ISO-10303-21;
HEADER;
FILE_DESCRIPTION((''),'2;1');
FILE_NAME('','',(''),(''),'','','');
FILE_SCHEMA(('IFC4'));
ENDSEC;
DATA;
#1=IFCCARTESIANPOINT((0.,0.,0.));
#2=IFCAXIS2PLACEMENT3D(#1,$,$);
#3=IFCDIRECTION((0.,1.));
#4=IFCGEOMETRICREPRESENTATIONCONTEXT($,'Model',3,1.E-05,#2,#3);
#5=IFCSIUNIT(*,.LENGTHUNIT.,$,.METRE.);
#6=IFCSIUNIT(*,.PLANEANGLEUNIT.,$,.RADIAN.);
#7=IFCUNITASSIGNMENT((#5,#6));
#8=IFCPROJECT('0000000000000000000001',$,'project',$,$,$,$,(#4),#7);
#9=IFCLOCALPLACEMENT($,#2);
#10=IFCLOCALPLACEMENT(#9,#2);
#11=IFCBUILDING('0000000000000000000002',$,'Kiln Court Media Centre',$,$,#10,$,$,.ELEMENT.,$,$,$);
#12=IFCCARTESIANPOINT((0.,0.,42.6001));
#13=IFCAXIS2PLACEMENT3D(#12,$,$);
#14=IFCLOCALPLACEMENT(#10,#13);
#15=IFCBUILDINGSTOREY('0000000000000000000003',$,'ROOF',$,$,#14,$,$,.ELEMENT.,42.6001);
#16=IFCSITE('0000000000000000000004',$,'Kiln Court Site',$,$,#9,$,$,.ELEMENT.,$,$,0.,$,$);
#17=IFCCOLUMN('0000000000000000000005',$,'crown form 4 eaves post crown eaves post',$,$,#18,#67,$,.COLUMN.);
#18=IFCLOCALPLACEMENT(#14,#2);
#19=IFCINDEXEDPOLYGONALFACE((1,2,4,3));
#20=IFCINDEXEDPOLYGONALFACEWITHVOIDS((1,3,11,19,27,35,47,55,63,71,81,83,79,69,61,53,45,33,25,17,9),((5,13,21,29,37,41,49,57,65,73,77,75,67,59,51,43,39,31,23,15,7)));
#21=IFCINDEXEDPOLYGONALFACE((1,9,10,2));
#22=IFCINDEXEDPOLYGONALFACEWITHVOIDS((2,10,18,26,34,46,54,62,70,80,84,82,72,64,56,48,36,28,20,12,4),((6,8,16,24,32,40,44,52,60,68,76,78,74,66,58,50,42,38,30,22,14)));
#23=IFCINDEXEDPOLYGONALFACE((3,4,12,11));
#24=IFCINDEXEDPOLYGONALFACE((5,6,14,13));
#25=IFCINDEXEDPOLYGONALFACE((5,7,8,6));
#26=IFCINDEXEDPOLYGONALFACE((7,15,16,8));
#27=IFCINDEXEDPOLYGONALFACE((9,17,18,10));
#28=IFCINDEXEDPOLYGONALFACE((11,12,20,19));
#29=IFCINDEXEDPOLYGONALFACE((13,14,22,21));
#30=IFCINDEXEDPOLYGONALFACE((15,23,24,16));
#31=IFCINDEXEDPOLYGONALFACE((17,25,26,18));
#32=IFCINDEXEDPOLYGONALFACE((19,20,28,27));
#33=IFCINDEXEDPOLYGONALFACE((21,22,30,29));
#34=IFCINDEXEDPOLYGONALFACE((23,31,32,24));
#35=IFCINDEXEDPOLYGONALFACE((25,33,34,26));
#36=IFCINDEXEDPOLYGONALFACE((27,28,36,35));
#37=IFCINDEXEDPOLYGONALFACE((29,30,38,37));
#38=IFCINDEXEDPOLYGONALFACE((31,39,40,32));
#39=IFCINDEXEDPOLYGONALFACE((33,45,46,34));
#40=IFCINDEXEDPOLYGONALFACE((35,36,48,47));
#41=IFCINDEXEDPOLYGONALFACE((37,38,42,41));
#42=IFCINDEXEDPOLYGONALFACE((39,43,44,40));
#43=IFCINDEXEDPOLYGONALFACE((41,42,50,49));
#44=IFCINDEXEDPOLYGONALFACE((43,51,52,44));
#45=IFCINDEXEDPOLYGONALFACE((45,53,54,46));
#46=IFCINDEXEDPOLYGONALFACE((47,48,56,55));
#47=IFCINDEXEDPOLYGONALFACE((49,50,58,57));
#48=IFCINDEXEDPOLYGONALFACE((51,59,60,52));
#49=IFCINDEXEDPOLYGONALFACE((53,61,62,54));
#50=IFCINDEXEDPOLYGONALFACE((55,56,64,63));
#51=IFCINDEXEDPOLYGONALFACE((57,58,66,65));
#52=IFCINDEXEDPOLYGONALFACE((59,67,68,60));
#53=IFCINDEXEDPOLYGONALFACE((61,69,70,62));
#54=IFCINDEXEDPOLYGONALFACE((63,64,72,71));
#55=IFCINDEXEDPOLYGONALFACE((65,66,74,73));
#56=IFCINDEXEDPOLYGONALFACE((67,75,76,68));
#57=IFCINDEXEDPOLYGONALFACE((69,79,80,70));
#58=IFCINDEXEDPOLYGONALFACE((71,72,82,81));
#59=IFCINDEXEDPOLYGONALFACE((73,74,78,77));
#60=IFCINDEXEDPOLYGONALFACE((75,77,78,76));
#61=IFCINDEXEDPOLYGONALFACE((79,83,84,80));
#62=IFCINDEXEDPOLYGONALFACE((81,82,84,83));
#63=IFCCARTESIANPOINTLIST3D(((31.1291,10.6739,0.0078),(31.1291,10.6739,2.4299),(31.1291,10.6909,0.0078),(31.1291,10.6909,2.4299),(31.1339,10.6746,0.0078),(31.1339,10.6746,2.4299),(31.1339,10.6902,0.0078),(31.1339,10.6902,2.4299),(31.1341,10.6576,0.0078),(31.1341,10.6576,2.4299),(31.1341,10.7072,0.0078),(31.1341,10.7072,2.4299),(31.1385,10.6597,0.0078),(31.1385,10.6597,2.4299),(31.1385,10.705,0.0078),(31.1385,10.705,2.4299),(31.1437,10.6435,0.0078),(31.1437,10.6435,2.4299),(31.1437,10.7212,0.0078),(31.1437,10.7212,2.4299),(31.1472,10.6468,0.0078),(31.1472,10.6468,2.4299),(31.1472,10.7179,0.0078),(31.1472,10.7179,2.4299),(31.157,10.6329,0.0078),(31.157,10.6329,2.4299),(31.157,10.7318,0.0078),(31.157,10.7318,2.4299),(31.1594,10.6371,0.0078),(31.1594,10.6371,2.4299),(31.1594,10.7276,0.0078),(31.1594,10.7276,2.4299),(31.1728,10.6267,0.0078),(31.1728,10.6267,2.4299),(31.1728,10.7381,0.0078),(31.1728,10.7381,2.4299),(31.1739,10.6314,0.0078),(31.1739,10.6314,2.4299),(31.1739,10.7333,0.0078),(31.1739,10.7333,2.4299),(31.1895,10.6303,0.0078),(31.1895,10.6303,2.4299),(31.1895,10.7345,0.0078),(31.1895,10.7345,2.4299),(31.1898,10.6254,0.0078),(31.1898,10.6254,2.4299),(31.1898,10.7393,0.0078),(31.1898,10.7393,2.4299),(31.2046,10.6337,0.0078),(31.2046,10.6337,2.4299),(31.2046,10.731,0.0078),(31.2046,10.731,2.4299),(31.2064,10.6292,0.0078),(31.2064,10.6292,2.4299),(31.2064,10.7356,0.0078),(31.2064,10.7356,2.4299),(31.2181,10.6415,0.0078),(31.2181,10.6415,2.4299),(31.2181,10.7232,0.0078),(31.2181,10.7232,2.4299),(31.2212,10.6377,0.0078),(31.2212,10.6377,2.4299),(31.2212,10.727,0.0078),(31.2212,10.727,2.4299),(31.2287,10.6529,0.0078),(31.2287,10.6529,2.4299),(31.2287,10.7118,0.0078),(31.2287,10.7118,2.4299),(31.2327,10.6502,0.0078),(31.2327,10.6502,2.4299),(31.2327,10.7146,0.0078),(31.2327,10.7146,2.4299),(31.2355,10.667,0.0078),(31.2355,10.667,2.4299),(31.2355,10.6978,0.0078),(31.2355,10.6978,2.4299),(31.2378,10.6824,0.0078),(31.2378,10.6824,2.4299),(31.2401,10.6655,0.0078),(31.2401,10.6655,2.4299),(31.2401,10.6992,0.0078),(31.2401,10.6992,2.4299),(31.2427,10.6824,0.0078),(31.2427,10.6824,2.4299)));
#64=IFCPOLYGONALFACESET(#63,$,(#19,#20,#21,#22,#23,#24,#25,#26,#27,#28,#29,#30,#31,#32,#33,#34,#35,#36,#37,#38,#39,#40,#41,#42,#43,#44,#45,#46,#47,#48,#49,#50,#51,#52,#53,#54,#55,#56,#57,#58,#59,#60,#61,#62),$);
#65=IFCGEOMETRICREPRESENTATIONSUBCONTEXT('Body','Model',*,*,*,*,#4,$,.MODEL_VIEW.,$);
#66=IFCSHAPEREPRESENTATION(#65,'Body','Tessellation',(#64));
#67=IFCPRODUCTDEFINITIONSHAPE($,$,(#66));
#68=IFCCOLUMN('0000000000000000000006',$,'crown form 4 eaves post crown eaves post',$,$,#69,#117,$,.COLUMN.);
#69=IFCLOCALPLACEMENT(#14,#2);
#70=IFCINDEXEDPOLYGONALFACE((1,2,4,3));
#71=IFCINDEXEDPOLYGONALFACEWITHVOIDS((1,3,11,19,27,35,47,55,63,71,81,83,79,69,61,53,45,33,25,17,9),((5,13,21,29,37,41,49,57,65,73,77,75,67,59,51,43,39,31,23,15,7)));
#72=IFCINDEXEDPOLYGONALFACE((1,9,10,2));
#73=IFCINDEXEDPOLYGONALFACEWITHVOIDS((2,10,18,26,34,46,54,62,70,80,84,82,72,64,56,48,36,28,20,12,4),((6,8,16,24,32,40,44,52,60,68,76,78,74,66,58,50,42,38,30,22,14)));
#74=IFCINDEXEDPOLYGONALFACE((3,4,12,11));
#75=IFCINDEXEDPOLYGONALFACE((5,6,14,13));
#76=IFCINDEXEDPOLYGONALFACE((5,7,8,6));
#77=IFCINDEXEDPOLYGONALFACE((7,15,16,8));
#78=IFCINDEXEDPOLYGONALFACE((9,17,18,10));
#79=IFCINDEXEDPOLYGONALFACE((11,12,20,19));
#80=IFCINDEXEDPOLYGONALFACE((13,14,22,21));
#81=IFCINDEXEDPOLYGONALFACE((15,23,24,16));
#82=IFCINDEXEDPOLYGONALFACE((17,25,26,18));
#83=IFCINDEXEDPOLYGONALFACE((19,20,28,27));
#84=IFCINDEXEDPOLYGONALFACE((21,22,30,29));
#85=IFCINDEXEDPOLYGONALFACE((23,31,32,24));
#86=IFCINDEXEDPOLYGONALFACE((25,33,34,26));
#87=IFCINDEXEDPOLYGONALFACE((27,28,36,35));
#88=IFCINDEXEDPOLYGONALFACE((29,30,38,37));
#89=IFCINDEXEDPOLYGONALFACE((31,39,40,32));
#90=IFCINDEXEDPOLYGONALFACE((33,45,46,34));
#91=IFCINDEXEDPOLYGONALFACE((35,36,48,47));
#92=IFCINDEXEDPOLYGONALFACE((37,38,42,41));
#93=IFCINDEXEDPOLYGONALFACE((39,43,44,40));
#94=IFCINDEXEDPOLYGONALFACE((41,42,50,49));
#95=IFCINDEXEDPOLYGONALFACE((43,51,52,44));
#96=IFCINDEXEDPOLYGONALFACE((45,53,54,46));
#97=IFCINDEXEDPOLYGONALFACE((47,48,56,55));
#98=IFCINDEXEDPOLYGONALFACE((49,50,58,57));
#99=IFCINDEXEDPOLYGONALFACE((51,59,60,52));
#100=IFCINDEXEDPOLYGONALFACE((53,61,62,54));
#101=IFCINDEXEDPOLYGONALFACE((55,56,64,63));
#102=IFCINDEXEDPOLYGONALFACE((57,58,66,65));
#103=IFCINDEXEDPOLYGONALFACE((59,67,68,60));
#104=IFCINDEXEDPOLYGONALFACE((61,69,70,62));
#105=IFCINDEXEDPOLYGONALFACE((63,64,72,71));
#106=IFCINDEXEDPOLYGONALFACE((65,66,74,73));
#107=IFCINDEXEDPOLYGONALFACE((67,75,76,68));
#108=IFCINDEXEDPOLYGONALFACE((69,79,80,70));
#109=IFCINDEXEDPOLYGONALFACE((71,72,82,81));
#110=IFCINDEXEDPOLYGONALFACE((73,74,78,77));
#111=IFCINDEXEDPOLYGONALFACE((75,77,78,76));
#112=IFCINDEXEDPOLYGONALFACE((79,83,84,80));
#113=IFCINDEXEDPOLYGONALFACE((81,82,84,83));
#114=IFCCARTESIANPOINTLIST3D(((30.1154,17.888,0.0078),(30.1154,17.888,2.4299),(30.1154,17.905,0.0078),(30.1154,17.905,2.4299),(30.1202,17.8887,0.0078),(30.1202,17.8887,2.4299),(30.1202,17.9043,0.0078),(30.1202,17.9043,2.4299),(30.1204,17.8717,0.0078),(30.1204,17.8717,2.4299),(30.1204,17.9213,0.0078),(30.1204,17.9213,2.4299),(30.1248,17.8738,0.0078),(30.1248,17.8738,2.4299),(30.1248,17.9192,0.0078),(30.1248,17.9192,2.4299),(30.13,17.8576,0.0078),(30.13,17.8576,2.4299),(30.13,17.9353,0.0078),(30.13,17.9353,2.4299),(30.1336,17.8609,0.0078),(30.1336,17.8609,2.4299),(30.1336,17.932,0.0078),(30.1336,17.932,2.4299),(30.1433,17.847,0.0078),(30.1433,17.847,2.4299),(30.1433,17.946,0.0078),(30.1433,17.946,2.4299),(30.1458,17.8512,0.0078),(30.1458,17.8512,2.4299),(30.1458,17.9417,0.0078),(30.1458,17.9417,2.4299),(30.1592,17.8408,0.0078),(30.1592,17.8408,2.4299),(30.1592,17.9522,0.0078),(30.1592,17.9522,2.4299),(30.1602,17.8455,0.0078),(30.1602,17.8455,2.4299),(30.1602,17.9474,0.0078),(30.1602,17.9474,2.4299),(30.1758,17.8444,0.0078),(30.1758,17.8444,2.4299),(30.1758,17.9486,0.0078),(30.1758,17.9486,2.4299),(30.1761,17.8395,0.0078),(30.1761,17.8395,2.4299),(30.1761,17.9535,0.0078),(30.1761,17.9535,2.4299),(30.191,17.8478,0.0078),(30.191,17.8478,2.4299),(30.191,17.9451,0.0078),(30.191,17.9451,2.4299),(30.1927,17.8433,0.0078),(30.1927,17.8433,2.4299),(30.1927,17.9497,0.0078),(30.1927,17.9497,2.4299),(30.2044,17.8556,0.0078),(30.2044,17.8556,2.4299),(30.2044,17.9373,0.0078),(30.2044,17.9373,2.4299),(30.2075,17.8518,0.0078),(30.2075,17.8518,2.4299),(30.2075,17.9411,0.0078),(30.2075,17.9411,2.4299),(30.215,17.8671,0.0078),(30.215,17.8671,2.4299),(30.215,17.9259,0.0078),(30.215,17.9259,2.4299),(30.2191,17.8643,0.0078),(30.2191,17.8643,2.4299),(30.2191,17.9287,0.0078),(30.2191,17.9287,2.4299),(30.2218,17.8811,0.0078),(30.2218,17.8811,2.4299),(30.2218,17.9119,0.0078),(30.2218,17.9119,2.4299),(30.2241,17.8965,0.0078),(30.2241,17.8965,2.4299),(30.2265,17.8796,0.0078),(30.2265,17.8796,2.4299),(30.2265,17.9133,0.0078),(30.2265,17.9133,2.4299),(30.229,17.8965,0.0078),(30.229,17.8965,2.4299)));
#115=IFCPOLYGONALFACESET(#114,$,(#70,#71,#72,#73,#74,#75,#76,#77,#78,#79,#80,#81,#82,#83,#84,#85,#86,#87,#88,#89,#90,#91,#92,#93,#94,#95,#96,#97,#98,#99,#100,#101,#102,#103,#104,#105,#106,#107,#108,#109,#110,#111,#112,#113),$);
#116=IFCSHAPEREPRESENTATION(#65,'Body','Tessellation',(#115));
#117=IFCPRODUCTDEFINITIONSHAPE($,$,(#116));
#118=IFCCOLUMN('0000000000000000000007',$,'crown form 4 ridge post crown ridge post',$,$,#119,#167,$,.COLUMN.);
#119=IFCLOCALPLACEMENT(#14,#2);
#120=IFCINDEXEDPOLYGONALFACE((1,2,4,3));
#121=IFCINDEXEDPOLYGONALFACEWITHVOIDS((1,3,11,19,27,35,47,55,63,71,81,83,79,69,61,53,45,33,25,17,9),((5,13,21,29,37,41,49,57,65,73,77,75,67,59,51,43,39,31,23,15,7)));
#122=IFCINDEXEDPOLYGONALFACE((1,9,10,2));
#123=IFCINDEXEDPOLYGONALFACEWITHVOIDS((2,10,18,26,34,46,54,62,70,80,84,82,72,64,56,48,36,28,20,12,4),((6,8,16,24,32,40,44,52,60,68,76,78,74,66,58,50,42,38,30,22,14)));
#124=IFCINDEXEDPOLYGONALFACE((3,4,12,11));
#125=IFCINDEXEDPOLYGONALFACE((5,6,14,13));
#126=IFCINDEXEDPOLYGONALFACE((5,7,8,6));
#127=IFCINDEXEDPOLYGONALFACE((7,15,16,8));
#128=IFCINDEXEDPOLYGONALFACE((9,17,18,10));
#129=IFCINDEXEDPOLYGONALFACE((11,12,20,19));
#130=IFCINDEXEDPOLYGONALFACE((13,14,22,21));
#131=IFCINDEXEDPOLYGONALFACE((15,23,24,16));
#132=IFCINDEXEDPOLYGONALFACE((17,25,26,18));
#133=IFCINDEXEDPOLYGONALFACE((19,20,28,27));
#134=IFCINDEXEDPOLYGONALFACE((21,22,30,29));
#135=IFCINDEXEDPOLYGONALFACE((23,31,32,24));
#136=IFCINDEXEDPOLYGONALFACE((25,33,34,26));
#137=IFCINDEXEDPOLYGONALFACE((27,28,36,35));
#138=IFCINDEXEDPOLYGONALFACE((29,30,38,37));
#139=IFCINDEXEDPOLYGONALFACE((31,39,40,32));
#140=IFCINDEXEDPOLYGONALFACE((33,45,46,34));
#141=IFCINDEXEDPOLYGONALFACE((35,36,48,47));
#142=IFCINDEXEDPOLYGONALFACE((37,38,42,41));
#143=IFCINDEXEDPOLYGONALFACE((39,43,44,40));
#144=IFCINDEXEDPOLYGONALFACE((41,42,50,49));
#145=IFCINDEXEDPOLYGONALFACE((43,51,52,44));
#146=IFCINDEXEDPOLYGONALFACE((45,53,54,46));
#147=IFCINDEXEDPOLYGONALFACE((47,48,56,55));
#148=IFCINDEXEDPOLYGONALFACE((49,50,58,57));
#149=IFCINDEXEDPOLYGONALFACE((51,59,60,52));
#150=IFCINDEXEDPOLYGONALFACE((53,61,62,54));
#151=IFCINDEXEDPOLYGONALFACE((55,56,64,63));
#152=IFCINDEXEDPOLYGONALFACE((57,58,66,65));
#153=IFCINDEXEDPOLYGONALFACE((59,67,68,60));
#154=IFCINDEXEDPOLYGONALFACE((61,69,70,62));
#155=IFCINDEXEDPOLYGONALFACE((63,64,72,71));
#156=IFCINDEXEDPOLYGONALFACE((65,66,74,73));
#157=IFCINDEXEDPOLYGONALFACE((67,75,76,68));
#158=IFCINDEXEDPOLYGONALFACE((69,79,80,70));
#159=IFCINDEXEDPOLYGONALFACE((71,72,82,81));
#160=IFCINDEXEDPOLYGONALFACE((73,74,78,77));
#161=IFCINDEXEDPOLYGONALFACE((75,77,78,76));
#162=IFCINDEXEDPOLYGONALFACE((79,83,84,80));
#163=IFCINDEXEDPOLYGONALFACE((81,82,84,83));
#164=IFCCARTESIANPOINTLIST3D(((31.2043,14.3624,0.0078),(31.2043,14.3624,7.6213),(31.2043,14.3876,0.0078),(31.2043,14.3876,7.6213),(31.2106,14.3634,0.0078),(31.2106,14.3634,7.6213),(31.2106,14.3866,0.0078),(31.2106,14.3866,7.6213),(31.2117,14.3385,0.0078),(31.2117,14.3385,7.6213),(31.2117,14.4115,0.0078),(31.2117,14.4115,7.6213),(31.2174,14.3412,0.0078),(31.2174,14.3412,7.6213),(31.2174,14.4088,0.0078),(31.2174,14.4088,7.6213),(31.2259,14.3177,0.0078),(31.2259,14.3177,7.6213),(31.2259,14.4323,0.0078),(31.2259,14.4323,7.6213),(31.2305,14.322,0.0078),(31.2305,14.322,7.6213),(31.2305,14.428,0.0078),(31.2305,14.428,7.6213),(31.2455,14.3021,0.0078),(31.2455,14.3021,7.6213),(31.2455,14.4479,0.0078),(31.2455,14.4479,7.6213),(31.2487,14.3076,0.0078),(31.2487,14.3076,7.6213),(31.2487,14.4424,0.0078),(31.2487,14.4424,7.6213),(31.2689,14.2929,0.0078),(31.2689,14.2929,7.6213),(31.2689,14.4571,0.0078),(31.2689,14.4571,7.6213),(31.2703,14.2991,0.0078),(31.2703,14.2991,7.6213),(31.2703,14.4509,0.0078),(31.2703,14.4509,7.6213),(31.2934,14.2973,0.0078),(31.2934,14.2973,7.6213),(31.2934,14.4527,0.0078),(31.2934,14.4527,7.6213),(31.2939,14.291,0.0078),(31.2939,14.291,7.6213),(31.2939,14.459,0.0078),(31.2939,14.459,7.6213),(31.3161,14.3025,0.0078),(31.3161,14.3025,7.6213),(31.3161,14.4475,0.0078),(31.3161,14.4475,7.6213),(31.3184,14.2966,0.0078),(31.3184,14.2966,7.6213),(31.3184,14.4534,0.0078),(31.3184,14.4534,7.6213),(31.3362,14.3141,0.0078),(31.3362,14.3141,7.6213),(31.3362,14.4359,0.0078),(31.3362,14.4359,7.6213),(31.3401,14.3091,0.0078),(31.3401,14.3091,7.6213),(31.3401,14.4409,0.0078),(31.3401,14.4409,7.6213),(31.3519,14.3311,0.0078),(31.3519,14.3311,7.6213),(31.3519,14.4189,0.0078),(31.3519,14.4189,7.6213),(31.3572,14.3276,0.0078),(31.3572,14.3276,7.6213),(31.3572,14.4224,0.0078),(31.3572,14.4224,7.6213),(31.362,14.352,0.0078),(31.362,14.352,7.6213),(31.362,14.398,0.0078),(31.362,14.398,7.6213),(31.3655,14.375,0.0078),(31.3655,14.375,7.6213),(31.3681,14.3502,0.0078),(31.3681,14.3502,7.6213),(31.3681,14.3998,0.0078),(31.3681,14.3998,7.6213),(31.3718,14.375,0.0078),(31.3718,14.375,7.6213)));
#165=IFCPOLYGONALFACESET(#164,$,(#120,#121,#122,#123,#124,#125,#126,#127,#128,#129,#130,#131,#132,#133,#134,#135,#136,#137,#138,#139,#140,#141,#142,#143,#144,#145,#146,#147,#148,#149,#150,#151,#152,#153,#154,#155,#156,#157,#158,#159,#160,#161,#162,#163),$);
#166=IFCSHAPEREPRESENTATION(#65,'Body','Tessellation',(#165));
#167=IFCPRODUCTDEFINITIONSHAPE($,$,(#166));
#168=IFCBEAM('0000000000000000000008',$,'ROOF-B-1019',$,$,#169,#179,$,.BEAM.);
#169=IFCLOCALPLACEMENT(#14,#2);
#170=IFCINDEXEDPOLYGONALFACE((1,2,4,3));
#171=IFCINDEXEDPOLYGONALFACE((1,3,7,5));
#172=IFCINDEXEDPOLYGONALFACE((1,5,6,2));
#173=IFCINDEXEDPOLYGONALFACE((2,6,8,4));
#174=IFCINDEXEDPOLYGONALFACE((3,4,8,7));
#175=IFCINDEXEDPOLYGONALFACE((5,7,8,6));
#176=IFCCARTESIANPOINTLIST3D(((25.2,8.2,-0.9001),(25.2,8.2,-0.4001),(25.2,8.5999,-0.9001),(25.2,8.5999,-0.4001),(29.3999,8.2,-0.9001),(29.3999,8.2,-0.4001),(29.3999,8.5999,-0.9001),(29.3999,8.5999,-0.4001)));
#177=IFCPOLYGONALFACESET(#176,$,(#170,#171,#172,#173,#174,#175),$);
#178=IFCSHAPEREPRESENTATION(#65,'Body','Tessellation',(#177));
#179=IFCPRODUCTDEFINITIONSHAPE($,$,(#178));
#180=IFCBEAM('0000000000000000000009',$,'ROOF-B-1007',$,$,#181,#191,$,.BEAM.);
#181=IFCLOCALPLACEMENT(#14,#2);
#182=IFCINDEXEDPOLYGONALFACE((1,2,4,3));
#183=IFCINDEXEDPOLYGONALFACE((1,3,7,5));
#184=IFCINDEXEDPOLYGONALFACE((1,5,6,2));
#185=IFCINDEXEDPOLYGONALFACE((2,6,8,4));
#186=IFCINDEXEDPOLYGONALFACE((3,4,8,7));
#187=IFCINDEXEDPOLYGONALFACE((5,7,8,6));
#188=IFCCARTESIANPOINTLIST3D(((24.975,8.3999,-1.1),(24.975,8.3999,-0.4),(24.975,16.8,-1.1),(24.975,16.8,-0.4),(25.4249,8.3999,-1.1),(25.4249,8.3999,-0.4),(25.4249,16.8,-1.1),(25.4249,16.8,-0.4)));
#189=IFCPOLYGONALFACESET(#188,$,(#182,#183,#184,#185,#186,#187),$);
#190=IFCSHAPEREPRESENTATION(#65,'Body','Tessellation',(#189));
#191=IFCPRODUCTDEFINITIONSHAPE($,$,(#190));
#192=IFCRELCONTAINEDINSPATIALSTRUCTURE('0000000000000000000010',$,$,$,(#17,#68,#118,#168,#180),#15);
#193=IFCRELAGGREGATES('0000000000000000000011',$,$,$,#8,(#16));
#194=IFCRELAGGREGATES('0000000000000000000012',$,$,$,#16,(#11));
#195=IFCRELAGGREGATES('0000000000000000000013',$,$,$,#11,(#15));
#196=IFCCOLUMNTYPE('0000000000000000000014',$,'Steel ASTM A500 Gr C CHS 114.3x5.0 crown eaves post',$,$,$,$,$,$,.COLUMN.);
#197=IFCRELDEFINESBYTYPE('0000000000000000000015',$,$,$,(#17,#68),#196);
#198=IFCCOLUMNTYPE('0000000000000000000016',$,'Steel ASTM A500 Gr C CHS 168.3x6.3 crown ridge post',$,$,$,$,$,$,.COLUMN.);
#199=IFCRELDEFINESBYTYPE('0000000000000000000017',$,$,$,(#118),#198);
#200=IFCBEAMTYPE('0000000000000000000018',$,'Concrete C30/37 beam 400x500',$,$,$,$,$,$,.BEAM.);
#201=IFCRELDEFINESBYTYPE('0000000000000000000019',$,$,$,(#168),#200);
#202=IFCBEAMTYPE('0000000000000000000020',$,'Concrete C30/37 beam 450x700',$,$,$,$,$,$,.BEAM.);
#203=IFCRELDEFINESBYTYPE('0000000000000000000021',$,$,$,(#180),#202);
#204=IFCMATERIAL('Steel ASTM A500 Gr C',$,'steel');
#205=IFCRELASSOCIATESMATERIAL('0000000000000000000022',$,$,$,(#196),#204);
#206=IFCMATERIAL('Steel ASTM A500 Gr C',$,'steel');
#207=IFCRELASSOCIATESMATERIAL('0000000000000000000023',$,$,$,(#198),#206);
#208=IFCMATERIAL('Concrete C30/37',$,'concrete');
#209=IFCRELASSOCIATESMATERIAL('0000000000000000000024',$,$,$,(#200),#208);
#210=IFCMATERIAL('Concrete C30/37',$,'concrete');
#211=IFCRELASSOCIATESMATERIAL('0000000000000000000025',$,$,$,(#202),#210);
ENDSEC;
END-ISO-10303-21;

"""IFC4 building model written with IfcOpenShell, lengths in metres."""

from ifc_helpers import new_model, si_unit, direction, frame, origin, origin_2d, place, context, subcontext, project, spatial, rectangle, hollow_circle, extrude, material, material_profile, profile_set, type_object, element, save


model = new_model("IFC4")

# Units and contexts
model_context = context("Model", 3, precision=1e-05, world=origin(), true_north=direction((0.0, 1.0)))
body_context = subcontext(model_context, "Body", "Model", "MODEL_VIEW")
ifc_project = project(units=[si_unit("LENGTHUNIT", "METRE"), si_unit("PLANEANGLEUNIT", "RADIAN")], contexts=[model_context])

# Site, building, storey
site_placement = place(None, origin())
site = spatial("IfcSite", under=ifc_project, at=site_placement, Name="Kiln Court Site", CompositionType="ELEMENT", RefElevation=0.0)
building_placement = place(site_placement, origin())
building = spatial("IfcBuilding", under=site, at=building_placement, Name="Kiln Court Media Centre", CompositionType="ELEMENT")
storey_placement = place(building_placement, frame((0.0, 0.0, 42.6001)))
storey = spatial("IfcBuildingStorey", under=building, at=storey_placement, Name="ROOF", CompositionType="ELEMENT", Elevation=42.6001)

# Columns
ifc_material_1 = material(Name="Steel ASTM A500 Gr C", Category="steel")
ifc_material_profile_1 = material_profile(ifc_material_1, hollow_circle(Radius=0.0571, WallThickness=0.0049, at=origin_2d()), Name="CHS 114.3x5.0")
ifc_profile_set_1 = profile_set([ifc_material_profile_1], Name="Steel ASTM A500 Gr C")
column_type_1 = type_object("IfcColumnType", Name="Steel ASTM A500 Gr C CHS 114.3x5.0 crown eaves post", PredefinedType="COLUMN", material=ifc_profile_set_1)
for number, where, z_axis, x_axis, name in (
    (1, (31.1855, 10.6824, 0.0078), (0.0, 0.0, 1.0), (1.0, 0.0, 0.0), "crown form 4 eaves post crown eaves post"),
    (2, (30.1719, 17.8965, 0.0078), (0.0, 0.0, 1.0), (1.0, 0.0, 0.0), "crown form 4 eaves post crown eaves post"),
):
    element("IfcColumn", number, at=place(storey_placement, frame(where, z_axis=z_axis, x_axis=x_axis)), inside=storey, type_object=column_type_1, Name=name, PredefinedType="COLUMN", context=body_context, shape_type="SweptSolid", body=[
        extrude(hollow_circle(Radius=0.0571, WallThickness=0.0049, at=origin_2d()), origin(), (0.0, 0.0, 1.0), 2.4221),
    ])
ifc_material_2 = material(Name="Steel ASTM A500 Gr C", Category="steel")
ifc_material_profile_2 = material_profile(ifc_material_2, hollow_circle(Radius=0.0842, WallThickness=0.0063, at=origin_2d()), Name="CHS 168.3x6.3")
ifc_profile_set_2 = profile_set([ifc_material_profile_2], Name="Steel ASTM A500 Gr C")
column_type_2 = type_object("IfcColumnType", Name="Steel ASTM A500 Gr C CHS 168.3x6.3 crown ridge post", PredefinedType="COLUMN", material=ifc_profile_set_2)
column_placement = place(storey_placement, frame((31.2876, 14.375, 0.0078), z_axis=(0.0, 0.0, 1.0), x_axis=(1.0, 0.0, 0.0)))
element("IfcColumn", 3, at=column_placement, inside=storey, type_object=column_type_2, Name="crown form 4 ridge post crown ridge post", PredefinedType="COLUMN", context=body_context, shape_type="SweptSolid", body=[
    extrude(hollow_circle(Radius=0.0842, WallThickness=0.0063, at=origin_2d()), origin(), (0.0, 0.0, 1.0), 7.6135),
])

# Beams
ifc_material_3 = material(Name="Concrete C30/37", Category="concrete")
ifc_material_profile_3 = material_profile(ifc_material_3, rectangle(XDim=0.3999, YDim=0.5, at=origin_2d()), Name="RC 400x500")
ifc_profile_set_3 = profile_set([ifc_material_profile_3], Name="Concrete C30/37")
beam_type_1 = type_object("IfcBeamType", Name="Concrete C30/37 beam 400x500", PredefinedType="BEAM", material=ifc_profile_set_3)
beam_1_placement = place(storey_placement, frame((25.2, 8.3999, -0.6501), z_axis=(1.0, 0.0, 0.0), x_axis=(0.0, 1.0, 0.0)))
element("IfcBeam", 4, at=beam_1_placement, inside=storey, type_object=beam_type_1, Name="ROOF-B-1019", PredefinedType="BEAM", context=body_context, shape_type="SweptSolid", body=[
    extrude(rectangle(XDim=0.3999, YDim=0.5, at=origin_2d()), origin(), (0.0, 0.0, 1.0), 4.2),
])
ifc_material_4 = material(Name="Concrete C30/37", Category="concrete")
ifc_material_profile_4 = material_profile(ifc_material_4, rectangle(XDim=0.45, YDim=0.7, at=origin_2d()), Name="RC 450x700")
ifc_profile_set_4 = profile_set([ifc_material_profile_4], Name="Concrete C30/37")
beam_type_2 = type_object("IfcBeamType", Name="Concrete C30/37 beam 450x700", PredefinedType="BEAM", material=ifc_profile_set_4)
beam_2_placement = place(storey_placement, frame((25.2, 8.3999, -0.75), z_axis=(0.0, 1.0, 0.0), x_axis=(-1.0, 0.0, 0.0)))
element("IfcBeam", 5, at=beam_2_placement, inside=storey, type_object=beam_type_2, Name="ROOF-B-1007", PredefinedType="BEAM", context=body_context, shape_type="SweptSolid", body=[
    extrude(rectangle(XDim=0.45, YDim=0.7, at=origin_2d()), origin(), (0.0, 0.0, 1.0), 8.4001),
])

save(model, "model.ifc")
